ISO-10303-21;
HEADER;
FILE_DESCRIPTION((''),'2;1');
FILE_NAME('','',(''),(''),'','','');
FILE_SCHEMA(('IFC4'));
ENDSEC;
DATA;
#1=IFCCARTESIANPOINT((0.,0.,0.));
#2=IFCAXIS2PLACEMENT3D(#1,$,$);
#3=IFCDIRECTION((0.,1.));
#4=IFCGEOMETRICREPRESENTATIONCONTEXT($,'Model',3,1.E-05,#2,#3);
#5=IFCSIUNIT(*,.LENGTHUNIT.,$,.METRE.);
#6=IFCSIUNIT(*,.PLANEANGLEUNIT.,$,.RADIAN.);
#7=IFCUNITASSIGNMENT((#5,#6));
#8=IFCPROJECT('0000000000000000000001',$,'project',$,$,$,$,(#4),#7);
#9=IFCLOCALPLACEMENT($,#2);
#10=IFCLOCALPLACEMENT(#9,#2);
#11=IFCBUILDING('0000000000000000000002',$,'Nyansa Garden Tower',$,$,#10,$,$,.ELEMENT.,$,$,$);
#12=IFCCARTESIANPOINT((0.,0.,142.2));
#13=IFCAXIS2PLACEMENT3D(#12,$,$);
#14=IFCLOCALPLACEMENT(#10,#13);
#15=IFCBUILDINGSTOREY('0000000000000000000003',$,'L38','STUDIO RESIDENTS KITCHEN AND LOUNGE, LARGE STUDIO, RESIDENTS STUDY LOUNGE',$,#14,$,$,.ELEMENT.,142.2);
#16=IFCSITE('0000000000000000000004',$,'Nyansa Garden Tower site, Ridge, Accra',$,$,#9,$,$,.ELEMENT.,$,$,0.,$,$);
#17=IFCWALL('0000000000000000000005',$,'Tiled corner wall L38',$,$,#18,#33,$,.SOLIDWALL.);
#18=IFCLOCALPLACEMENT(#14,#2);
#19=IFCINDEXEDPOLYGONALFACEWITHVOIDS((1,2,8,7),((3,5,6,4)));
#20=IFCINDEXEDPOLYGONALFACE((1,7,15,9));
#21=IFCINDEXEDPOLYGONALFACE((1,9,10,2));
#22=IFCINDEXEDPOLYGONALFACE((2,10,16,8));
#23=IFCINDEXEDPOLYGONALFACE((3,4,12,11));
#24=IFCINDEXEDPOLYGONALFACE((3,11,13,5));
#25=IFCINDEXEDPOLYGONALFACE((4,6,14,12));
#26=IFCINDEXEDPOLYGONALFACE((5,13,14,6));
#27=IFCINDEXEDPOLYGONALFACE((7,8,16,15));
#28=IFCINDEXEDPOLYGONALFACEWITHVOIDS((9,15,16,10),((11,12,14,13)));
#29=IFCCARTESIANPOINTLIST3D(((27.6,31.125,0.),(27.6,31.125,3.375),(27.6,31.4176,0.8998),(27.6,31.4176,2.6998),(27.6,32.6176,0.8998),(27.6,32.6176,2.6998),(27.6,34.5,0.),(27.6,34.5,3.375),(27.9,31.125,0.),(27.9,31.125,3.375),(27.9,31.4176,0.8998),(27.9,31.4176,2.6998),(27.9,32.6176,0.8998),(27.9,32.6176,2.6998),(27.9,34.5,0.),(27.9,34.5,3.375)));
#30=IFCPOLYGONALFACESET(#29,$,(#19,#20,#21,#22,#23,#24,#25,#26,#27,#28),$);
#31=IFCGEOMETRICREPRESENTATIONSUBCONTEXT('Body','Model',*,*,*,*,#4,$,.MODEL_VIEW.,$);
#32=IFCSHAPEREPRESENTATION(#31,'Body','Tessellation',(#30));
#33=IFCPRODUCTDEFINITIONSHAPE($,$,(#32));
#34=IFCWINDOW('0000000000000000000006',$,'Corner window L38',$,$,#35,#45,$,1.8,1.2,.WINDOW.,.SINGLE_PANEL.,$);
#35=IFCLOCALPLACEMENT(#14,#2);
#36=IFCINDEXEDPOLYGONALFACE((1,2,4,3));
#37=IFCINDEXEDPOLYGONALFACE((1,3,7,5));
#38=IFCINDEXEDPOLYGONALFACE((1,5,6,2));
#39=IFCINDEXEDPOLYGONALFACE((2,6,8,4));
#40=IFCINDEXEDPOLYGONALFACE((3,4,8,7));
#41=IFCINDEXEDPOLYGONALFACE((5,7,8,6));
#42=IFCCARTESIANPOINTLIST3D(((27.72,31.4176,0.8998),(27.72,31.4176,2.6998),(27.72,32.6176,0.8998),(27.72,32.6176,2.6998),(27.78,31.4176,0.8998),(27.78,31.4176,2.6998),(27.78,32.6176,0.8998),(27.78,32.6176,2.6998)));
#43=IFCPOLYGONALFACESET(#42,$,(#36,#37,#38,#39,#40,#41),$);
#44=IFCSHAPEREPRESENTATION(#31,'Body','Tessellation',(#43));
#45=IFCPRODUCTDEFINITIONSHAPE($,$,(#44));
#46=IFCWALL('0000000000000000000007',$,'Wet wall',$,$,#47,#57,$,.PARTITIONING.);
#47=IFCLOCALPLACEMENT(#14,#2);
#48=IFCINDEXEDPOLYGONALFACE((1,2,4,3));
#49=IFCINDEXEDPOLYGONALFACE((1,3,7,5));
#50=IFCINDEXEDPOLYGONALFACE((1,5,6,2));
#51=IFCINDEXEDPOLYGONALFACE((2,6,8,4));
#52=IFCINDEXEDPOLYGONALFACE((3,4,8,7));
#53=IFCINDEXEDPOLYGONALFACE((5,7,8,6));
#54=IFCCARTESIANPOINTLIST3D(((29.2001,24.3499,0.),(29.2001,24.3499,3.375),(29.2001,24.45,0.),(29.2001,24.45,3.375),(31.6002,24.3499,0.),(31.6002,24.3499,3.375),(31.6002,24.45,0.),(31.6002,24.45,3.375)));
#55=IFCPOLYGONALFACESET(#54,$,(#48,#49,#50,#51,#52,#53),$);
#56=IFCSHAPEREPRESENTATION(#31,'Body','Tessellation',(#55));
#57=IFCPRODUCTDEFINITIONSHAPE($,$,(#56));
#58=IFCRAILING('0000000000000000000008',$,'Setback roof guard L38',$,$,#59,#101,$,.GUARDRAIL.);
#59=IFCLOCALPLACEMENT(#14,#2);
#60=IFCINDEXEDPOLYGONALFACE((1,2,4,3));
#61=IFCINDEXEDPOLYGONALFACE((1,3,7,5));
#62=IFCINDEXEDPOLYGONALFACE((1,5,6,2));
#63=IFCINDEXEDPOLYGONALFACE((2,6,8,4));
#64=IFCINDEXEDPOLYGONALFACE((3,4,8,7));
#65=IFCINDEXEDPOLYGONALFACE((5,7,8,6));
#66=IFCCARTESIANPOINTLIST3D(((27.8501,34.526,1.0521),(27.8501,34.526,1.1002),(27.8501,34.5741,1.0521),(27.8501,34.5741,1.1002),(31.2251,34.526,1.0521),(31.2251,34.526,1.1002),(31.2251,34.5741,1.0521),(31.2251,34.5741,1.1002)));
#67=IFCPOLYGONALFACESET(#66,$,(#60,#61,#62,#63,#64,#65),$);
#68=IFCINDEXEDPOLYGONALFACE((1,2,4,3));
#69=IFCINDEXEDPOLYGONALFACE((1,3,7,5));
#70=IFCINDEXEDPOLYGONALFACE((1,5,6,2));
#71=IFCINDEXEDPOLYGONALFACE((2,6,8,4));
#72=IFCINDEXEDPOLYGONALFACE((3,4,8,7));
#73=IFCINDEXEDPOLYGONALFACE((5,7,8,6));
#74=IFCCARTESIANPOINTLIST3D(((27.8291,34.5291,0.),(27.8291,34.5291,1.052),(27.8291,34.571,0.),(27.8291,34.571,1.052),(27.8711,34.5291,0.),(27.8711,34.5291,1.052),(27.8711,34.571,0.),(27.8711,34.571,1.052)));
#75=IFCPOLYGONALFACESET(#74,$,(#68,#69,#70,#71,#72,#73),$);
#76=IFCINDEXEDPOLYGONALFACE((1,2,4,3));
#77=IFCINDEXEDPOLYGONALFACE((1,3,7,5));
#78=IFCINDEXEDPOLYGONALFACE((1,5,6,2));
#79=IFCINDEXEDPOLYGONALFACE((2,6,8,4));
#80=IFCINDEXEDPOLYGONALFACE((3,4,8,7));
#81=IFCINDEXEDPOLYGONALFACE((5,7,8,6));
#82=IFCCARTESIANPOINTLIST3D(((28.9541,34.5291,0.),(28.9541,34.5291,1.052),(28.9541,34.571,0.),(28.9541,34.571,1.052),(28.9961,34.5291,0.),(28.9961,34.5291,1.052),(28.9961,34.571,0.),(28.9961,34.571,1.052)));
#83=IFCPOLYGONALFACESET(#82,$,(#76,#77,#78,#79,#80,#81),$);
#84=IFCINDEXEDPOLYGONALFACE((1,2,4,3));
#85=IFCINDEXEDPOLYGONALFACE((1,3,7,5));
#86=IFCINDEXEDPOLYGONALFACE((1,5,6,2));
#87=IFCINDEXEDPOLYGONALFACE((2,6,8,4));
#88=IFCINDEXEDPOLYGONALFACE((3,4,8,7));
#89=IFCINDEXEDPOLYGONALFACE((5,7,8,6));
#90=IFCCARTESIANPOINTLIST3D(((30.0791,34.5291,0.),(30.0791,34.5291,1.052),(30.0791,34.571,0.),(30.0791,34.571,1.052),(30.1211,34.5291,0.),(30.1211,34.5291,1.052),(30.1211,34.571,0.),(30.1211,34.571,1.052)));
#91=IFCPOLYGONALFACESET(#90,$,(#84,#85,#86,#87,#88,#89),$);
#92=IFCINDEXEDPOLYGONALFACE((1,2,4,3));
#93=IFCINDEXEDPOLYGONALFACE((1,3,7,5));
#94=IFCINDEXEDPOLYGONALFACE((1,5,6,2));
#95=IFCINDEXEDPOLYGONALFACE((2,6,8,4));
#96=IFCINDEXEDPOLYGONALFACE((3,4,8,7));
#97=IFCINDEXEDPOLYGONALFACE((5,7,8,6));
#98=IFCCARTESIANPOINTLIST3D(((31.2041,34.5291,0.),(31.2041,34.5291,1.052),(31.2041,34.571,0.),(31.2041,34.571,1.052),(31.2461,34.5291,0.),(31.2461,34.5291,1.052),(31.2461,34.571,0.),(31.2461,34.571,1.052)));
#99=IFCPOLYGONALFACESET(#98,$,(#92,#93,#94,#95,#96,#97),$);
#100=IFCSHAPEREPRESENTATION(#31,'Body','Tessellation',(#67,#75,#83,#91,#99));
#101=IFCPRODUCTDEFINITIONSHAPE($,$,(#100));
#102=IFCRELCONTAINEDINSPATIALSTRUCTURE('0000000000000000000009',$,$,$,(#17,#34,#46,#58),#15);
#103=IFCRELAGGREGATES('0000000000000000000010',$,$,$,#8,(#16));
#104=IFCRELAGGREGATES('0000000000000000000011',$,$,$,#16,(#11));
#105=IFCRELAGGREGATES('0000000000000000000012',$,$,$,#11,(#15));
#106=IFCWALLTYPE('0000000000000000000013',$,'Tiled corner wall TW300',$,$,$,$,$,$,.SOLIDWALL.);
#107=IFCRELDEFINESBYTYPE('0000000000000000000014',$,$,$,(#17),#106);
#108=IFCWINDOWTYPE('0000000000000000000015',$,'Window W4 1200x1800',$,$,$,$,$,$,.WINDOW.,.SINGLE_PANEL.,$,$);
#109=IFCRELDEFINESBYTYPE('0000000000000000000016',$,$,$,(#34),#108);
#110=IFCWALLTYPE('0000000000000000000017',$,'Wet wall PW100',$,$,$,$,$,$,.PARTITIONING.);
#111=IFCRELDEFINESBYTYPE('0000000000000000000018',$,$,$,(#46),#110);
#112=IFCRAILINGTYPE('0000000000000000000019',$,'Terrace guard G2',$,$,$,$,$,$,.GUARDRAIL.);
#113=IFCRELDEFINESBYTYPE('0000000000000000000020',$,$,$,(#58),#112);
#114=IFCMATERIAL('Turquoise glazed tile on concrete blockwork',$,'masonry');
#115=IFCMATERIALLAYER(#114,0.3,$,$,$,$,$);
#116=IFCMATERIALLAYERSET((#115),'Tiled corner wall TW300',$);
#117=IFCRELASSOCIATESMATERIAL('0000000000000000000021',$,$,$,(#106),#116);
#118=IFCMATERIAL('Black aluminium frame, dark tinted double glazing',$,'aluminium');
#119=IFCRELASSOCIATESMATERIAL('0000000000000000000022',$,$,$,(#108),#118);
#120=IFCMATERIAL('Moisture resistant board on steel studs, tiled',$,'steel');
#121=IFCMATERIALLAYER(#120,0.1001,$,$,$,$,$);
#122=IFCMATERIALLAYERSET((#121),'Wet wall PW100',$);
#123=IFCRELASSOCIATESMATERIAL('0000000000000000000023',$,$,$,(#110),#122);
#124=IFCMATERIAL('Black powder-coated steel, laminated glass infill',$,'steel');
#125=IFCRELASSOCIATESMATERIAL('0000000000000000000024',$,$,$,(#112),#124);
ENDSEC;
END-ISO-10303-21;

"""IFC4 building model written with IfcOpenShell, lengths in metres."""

from ifc_helpers import new_model, si_unit, direction, frame, frame_2d, origin, origin_2d, place, context, subcontext, project, spatial, rectangle, extrude, material, layer, layer_set, type_object, element, fill, save


model = new_model("IFC4")

# Units and contexts
model_context = context("Model", 3, precision=1e-05, world=origin(), true_north=direction((0.0, 1.0)))
body_context = subcontext(model_context, "Body", "Model", "MODEL_VIEW")
ifc_project = project(units=[si_unit("LENGTHUNIT", "METRE"), si_unit("PLANEANGLEUNIT", "RADIAN")], contexts=[model_context])

# Site, building, storey
site_placement = place(None, origin())
site = spatial("IfcSite", under=ifc_project, at=site_placement, Name="Nyansa Garden Tower site, Ridge, Accra", CompositionType="ELEMENT", RefElevation=0.0)
building_placement = place(site_placement, origin())
building = spatial("IfcBuilding", under=site, at=building_placement, Name="Nyansa Garden Tower", CompositionType="ELEMENT")
storey_placement = place(building_placement, frame((0.0, 0.0, 142.2)))
storey = spatial("IfcBuildingStorey", under=building, at=storey_placement, Name="L38", Description="STUDIO RESIDENTS KITCHEN AND LOUNGE, LARGE STUDIO, RESIDENTS STUDY LOUNGE", CompositionType="ELEMENT", Elevation=142.2)

# Wall, opening, window
ifc_material_1 = material(Name="Turquoise glazed tile on concrete blockwork", Category="masonry")
ifc_layer_1 = layer(ifc_material_1, 0.3)
ifc_layer_set_1 = layer_set([ifc_layer_1], Name="Tiled corner wall TW300")
wall_type_1 = type_object("IfcWallType", Name="Tiled corner wall TW300", PredefinedType="SOLIDWALL", material=ifc_layer_set_1)
wall_1_placement = place(storey_placement, frame((27.75, 31.125, 0.0), z_axis=(0.0, 0.0, 1.0), x_axis=(0.0, 1.0, 0.0)))
wall_1 = element("IfcWall", 1, at=wall_1_placement, inside=storey, type_object=wall_type_1, Name="Tiled corner wall L38", PredefinedType="SOLIDWALL", context=body_context, shape_type="SweptSolid", body=[
    extrude(rectangle(XDim=3.375, YDim=0.3, at=frame_2d((1.6875, 0.0))), origin(), (0.0, 0.0, 1.0), 3.375),
])
opening_1_placement = place(wall_1_placement, frame((0.2925, 0.0, 0.8999)))
opening_1 = element("IfcOpeningElement", 2, at=opening_1_placement, cuts=wall_1, PredefinedType="OPENING", context=body_context, shape_type="SweptSolid", body=[
    extrude(rectangle(XDim=1.2, YDim=1.8, at=frame_2d((0.6001, 0.8999))), frame((0.0, 0.1599, 0.0), z_axis=(0.0, -1.0, 0.0), x_axis=(1.0, 0.0, 0.0)), (0.0, 0.0, 1.0), 0.3201),
])
ifc_material_2 = material(Name="Black aluminium frame, dark tinted double glazing", Category="aluminium")
window_type_1 = type_object("IfcWindowType", Name="Window W4 1200x1800", PartitioningType="SINGLE_PANEL", PredefinedType="WINDOW", material=ifc_material_2)
window_1_placement = place(opening_1_placement, origin())
window_1 = element("IfcWindow", 3, at=window_1_placement, inside=storey, type_object=window_type_1, Name="Corner window L38", OverallHeight=1.8, OverallWidth=1.2, PartitioningType="SINGLE_PANEL", PredefinedType="WINDOW", context=body_context, shape_type="SweptSolid", body=[
    extrude(rectangle(XDim=1.2, YDim=1.8, at=frame_2d((0.6001, 0.8999))), frame((0.0, 0.03, 0.0), z_axis=(0.0, -1.0, 0.0), x_axis=(1.0, 0.0, 0.0)), (0.0, 0.0, 1.0), 0.0601),
])
fill(opening_1, window_1)

# Wall
ifc_material_3 = material(Name="Moisture resistant board on steel studs, tiled", Category="steel")
ifc_layer_2 = layer(ifc_material_3, 0.1001)
ifc_layer_set_2 = layer_set([ifc_layer_2], Name="Wet wall PW100")
wall_type_2 = type_object("IfcWallType", Name="Wet wall PW100", PredefinedType="PARTITIONING", material=ifc_layer_set_2)
wall_2_placement = place(storey_placement, frame((29.2, 24.3999, 0.0), z_axis=(0.0, 0.0, 1.0), x_axis=(1.0, 0.0, 0.0)))
element("IfcWall", 4, at=wall_2_placement, inside=storey, type_object=wall_type_2, Name="Wet wall", PredefinedType="PARTITIONING", context=body_context, shape_type="SweptSolid", body=[
    extrude(rectangle(XDim=2.4001, YDim=0.1001, at=frame_2d((1.2002, 0.0))), origin(), (0.0, 0.0, 1.0), 3.375),
])

# Railing
ifc_material_4 = material(Name="Black powder-coated steel, laminated glass infill", Category="steel")
railing_type = type_object("IfcRailingType", Name="Terrace guard G2", PredefinedType="GUARDRAIL", material=ifc_material_4)
railing_placement = place(storey_placement, frame((27.8501, 34.55, 0.0)))
element("IfcRailing", 5, at=railing_placement, inside=storey, type_object=railing_type, Name="Setback roof guard L38", PredefinedType="GUARDRAIL", context=body_context, shape_type="SweptSolid", body=[
    extrude(rectangle(XDim=0.0481, YDim=0.0481, at=origin_2d()), frame((0.0, 0.0, 1.0762), z_axis=(1.0, 0.0, 0.0), x_axis=(0.0, 1.0, 0.0)), (0.0, 0.0, 1.0), 3.375),
    extrude(rectangle(XDim=0.042, YDim=0.042, at=origin_2d()), origin(), (0.0, 0.0, 1.0), 1.052),
    extrude(rectangle(XDim=0.042, YDim=0.042, at=origin_2d()), frame((1.125, 0.0, 0.0)), (0.0, 0.0, 1.0), 1.052),
    extrude(rectangle(XDim=0.042, YDim=0.042, at=origin_2d()), frame((2.25, 0.0, 0.0)), (0.0, 0.0, 1.0), 1.052),
    extrude(rectangle(XDim=0.042, YDim=0.042, at=origin_2d()), frame((3.375, 0.0, 0.0)), (0.0, 0.0, 1.0), 1.052),
])

save(model, "model.ifc")
